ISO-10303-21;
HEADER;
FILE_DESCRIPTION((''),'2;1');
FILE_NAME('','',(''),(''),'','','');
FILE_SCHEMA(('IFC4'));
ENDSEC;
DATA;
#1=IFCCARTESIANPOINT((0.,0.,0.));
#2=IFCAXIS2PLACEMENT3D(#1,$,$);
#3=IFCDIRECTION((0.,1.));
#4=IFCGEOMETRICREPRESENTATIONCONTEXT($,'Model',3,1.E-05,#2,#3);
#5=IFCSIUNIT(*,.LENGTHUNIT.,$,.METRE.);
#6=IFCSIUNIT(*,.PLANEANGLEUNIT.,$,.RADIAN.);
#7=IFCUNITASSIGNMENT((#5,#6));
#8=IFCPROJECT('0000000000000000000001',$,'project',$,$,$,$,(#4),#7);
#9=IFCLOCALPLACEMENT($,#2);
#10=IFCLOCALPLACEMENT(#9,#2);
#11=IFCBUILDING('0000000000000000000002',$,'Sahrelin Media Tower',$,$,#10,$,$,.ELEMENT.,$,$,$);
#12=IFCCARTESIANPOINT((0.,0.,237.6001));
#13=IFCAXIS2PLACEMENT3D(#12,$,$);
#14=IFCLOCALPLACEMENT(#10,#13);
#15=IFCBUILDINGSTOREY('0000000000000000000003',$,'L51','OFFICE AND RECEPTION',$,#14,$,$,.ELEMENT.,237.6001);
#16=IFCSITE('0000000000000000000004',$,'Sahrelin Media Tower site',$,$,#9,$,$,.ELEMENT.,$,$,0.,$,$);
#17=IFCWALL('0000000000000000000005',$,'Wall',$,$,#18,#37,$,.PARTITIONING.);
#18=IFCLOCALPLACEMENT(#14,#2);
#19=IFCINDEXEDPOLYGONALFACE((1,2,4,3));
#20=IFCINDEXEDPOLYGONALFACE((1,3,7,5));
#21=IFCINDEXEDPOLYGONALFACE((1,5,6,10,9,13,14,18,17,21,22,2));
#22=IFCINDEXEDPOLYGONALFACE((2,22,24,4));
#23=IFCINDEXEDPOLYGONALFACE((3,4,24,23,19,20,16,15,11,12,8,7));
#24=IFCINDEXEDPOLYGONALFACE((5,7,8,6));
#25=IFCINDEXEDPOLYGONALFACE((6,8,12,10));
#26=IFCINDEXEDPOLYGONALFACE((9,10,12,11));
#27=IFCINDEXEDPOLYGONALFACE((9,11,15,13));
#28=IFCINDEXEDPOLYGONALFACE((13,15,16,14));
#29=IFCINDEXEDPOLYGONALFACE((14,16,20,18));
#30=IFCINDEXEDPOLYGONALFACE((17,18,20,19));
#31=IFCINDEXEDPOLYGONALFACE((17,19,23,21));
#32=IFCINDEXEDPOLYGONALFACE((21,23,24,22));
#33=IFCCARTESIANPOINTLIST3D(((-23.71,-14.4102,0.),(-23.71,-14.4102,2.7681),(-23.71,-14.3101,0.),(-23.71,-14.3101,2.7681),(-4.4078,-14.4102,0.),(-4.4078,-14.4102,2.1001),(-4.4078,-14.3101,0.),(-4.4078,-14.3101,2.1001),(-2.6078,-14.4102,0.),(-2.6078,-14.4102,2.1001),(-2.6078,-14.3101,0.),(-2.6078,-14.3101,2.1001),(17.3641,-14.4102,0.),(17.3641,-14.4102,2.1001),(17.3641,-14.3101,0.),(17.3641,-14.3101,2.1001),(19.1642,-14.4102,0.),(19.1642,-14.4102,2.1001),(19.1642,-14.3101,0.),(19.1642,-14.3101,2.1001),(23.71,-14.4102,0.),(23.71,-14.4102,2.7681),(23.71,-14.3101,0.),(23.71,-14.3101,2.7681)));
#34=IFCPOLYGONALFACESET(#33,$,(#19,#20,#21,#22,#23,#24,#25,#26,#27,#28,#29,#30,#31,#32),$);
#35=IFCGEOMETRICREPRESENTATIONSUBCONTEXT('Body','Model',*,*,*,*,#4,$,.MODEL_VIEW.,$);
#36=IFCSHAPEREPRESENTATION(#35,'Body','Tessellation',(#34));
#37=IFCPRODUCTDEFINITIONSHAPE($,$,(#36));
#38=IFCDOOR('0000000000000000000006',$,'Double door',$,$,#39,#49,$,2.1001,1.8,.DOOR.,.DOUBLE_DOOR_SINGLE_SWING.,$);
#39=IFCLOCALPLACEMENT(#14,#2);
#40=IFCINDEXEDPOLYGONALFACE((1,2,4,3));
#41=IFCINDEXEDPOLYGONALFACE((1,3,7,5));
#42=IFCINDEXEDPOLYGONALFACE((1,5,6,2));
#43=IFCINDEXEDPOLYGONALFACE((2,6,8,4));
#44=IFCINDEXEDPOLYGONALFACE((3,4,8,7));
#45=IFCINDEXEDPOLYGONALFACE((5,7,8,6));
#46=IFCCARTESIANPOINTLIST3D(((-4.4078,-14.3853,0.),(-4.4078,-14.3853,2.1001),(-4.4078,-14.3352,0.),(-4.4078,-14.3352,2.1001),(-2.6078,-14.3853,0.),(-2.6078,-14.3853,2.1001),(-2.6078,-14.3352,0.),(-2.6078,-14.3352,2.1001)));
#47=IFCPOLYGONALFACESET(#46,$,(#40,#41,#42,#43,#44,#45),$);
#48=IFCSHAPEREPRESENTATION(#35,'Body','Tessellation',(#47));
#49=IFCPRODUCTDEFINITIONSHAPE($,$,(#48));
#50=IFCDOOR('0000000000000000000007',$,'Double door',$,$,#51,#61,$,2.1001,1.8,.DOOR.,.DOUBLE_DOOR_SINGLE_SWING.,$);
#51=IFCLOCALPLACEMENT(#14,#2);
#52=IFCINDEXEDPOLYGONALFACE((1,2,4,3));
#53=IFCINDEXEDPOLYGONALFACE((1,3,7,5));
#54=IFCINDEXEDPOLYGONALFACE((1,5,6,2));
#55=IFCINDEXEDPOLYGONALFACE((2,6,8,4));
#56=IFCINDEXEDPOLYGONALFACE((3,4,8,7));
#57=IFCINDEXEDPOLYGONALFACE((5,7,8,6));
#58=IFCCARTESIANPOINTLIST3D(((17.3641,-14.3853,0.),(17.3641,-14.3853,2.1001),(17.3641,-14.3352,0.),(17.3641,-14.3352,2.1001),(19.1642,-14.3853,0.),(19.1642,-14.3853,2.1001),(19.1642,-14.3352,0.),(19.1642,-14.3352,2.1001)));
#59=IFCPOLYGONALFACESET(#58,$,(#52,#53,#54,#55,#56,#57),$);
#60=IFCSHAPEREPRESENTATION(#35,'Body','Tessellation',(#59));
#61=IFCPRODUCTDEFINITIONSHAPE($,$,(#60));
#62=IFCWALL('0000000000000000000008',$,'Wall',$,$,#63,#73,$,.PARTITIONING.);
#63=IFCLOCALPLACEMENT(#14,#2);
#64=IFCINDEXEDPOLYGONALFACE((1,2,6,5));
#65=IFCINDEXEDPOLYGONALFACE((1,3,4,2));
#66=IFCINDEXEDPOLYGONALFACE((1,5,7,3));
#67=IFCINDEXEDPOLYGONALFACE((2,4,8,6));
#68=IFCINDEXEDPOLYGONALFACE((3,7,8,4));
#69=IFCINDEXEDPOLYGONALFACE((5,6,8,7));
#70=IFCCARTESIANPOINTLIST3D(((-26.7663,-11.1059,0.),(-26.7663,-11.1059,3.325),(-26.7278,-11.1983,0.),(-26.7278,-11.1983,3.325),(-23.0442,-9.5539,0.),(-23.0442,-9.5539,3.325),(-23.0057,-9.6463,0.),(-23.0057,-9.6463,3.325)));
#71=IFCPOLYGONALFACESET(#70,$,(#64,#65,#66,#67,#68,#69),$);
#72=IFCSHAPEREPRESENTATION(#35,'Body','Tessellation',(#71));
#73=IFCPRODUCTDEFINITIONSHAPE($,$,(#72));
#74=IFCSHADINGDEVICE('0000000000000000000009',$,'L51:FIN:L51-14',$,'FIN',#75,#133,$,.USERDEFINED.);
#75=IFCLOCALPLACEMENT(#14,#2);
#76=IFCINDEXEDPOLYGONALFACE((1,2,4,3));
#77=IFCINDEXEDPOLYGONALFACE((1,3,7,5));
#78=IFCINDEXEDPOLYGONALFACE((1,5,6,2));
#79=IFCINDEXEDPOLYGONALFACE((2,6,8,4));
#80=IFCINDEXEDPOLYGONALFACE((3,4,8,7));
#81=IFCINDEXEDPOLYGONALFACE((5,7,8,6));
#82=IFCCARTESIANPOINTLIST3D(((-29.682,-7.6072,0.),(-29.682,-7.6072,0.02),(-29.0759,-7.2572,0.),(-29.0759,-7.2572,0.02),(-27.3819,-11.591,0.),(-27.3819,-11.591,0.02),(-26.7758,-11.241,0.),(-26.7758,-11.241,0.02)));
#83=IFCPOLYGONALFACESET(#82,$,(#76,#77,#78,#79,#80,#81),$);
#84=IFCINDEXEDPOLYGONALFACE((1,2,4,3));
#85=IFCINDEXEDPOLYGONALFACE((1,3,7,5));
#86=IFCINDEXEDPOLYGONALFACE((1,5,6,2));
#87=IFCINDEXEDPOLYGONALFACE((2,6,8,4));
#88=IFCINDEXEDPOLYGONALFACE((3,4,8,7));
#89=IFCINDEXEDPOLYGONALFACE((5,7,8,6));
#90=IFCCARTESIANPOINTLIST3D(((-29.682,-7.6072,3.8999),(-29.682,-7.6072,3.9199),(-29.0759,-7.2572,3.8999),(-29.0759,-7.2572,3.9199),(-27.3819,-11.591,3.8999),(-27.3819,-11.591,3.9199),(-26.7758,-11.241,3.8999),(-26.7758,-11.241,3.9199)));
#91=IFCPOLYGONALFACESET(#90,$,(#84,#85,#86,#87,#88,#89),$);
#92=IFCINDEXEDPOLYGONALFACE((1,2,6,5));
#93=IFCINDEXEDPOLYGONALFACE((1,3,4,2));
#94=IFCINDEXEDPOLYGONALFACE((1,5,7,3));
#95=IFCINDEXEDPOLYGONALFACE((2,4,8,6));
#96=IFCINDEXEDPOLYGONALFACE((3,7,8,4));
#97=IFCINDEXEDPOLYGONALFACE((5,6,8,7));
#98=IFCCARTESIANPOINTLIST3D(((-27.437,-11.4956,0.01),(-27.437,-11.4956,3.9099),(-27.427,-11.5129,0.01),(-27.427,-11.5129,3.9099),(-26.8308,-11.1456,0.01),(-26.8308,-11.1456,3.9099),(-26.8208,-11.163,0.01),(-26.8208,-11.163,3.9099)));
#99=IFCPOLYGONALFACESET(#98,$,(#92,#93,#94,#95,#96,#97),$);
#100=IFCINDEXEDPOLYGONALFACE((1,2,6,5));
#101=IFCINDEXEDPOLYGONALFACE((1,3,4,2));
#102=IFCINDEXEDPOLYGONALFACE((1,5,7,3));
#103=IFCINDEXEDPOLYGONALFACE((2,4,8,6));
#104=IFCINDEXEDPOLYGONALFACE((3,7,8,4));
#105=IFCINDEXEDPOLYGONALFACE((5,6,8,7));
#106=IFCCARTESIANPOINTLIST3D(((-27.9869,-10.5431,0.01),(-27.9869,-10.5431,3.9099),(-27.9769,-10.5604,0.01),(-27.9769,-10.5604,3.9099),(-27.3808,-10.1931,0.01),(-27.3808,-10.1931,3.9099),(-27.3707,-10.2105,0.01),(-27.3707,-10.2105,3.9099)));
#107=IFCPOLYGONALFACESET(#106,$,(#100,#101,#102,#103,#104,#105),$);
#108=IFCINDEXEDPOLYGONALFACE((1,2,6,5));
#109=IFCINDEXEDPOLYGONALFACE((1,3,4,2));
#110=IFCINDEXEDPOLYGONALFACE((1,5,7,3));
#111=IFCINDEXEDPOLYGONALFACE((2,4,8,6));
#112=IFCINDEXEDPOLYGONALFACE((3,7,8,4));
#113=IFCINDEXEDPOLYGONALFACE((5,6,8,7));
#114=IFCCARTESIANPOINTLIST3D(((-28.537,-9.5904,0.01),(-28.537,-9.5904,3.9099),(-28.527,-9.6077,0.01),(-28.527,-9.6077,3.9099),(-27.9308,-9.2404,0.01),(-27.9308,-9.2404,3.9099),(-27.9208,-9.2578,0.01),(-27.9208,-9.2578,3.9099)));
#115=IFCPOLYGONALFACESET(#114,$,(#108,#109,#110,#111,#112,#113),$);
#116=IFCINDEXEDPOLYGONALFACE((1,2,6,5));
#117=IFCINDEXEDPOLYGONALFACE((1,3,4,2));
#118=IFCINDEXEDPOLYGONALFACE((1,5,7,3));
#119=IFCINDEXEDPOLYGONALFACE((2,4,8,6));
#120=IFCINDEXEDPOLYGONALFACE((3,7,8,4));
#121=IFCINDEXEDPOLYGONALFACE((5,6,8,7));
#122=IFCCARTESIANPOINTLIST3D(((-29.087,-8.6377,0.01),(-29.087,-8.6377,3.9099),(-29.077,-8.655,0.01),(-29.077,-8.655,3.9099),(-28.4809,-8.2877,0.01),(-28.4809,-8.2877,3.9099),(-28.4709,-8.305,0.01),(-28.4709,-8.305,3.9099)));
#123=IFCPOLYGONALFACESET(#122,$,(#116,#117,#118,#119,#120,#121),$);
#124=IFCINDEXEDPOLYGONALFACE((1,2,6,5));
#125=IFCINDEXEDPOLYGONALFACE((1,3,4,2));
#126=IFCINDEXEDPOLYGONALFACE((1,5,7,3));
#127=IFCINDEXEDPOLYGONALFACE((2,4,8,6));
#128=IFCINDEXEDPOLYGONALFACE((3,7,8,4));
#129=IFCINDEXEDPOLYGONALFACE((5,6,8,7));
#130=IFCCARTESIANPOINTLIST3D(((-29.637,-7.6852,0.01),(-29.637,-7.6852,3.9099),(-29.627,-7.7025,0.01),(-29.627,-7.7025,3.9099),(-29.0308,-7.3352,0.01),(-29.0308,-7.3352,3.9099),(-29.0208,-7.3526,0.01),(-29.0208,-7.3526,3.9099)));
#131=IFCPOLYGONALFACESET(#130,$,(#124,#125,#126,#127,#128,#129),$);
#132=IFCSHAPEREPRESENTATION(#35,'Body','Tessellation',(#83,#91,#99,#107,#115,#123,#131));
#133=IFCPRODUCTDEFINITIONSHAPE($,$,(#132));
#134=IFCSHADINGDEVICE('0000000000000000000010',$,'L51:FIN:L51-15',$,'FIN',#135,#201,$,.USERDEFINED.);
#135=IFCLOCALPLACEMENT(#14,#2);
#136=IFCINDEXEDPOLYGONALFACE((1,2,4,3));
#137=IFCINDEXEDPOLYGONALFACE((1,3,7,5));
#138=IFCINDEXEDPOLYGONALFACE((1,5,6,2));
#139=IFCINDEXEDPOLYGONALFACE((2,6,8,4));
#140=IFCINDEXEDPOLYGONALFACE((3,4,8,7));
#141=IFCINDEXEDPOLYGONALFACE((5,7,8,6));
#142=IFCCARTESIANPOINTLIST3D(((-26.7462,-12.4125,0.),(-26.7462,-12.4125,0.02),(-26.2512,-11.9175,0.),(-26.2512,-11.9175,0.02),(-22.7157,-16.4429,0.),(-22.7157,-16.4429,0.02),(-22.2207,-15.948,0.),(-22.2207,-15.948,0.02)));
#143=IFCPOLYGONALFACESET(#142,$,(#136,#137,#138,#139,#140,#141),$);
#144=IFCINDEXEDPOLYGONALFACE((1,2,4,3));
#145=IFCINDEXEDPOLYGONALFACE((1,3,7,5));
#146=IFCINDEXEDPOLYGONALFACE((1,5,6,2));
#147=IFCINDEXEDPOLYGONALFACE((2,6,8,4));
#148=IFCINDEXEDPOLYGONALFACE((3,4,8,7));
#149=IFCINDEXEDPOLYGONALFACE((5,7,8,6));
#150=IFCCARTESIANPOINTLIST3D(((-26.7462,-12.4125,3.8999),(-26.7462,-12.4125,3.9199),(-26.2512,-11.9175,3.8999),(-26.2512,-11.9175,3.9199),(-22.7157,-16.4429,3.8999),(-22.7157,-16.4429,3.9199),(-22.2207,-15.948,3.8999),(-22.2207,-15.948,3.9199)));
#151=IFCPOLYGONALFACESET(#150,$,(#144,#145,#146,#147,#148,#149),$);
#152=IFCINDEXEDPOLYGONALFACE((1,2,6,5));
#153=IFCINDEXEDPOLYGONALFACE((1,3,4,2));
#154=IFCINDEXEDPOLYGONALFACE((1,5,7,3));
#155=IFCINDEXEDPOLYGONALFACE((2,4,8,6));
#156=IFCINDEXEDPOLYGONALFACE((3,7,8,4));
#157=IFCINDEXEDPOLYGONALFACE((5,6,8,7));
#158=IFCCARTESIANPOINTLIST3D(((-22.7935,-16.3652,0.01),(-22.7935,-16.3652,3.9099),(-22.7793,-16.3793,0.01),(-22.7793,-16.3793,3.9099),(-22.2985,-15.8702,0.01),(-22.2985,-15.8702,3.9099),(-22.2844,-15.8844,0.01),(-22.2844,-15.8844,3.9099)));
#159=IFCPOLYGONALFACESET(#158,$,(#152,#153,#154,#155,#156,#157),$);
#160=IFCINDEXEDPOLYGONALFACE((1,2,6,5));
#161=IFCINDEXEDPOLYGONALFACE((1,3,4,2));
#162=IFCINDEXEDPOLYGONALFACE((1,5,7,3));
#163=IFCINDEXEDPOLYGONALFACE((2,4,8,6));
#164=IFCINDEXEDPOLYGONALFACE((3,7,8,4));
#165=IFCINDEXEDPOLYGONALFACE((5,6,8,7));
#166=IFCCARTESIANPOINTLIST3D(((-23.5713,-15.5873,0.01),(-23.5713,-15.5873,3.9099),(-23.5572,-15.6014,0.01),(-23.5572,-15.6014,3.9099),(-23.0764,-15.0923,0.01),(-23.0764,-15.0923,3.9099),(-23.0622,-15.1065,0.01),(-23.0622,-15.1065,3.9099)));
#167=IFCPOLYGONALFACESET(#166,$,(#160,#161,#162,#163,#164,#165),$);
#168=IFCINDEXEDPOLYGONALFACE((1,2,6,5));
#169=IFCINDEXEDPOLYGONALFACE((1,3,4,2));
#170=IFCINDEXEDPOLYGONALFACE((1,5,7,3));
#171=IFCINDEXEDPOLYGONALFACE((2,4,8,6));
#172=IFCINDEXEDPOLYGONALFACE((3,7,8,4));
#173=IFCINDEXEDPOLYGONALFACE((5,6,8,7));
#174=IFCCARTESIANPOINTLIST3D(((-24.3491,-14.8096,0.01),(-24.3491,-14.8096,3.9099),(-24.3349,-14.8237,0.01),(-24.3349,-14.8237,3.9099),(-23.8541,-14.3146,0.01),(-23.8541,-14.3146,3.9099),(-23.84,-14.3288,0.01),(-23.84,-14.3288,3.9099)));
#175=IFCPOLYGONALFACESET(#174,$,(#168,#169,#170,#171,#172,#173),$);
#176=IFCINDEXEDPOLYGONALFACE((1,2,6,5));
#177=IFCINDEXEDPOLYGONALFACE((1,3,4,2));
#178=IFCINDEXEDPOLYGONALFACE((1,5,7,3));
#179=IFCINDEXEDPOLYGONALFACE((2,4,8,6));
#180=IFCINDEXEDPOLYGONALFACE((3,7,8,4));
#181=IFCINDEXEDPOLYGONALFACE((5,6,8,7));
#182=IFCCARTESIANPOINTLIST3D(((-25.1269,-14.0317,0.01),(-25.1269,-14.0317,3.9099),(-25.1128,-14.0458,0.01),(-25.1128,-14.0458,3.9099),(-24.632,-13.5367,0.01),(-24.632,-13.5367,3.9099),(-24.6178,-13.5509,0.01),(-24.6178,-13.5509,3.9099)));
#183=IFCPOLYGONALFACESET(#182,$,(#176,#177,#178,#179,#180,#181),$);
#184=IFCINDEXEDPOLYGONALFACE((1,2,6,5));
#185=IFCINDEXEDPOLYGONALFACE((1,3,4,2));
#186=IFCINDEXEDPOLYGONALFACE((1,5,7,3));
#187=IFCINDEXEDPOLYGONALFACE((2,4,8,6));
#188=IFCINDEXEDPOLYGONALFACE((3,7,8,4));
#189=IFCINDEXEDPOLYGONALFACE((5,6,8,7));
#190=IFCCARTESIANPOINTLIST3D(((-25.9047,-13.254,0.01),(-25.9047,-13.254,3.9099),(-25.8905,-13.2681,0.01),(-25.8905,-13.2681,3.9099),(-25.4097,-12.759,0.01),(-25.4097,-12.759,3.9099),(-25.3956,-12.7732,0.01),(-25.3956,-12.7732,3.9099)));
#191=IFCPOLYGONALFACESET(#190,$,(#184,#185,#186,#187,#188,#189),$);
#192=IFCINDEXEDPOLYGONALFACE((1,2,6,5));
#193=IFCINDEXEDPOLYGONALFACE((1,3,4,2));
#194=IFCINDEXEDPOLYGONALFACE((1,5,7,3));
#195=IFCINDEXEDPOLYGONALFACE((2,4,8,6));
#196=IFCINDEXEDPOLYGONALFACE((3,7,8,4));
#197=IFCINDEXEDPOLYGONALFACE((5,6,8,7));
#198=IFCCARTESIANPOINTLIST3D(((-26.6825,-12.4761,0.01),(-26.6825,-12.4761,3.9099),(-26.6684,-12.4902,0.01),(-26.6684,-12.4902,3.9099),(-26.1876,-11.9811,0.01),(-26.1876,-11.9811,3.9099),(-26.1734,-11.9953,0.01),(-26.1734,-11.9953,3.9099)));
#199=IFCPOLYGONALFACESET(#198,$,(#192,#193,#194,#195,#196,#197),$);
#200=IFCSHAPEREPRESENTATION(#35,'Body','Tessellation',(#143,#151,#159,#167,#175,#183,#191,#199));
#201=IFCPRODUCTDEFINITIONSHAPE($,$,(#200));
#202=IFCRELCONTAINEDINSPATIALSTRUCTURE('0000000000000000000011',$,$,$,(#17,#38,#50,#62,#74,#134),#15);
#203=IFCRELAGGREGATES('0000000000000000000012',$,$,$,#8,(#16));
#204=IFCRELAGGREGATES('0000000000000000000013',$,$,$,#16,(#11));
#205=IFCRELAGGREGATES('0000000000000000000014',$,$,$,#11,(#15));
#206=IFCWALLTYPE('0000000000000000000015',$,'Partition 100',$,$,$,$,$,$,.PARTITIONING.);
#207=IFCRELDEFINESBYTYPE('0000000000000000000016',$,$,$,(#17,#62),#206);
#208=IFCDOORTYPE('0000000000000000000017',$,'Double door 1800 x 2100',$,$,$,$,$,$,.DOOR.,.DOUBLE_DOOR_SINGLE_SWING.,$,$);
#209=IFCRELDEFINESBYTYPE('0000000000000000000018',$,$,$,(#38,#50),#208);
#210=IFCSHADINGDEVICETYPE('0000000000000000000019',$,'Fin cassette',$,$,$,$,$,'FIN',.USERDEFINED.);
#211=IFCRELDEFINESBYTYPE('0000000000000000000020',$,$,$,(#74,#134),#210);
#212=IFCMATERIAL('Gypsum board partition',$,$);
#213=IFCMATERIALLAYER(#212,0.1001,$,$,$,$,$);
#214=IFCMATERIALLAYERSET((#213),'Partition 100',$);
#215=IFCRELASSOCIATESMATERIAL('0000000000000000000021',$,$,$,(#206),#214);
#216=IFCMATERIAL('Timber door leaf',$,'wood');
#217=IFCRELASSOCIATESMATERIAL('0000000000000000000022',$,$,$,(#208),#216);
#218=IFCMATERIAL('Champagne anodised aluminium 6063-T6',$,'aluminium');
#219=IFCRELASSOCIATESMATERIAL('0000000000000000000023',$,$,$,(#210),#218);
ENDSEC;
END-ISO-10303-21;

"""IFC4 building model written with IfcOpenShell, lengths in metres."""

from ifc_helpers import new_model, si_unit, direction, frame, frame_2d, origin, origin_2d, place, context, subcontext, project, spatial, rectangle, extrude, material, layer, layer_set, type_object, element, fill, save


model = new_model("IFC4")

# Units and contexts
model_context = context("Model", 3, precision=1e-05, world=origin(), true_north=direction((0.0, 1.0)))
body_context = subcontext(model_context, "Body", "Model", "MODEL_VIEW")
ifc_project = project(units=[si_unit("LENGTHUNIT", "METRE"), si_unit("PLANEANGLEUNIT", "RADIAN")], contexts=[model_context])

# Site, building, storey
site_placement = place(None, origin())
site = spatial("IfcSite", under=ifc_project, at=site_placement, Name="Sahrelin Media Tower site", CompositionType="ELEMENT", RefElevation=0.0)
building_placement = place(site_placement, origin())
building = spatial("IfcBuilding", under=site, at=building_placement, Name="Sahrelin Media Tower", CompositionType="ELEMENT")
storey_placement = place(building_placement, frame((0.0, 0.0, 237.6001)))
storey = spatial("IfcBuildingStorey", under=building, at=storey_placement, Name="L51", Description="OFFICE AND RECEPTION", CompositionType="ELEMENT", Elevation=237.6001)

# Shared definitions
ifc_material_1 = material(Name="Champagne anodised aluminium 6063-T6", Category="aluminium")

# Wall, openings, doors
ifc_material_2 = material(Name="Gypsum board partition")
ifc_layer_1 = layer(ifc_material_2, 0.1001)
ifc_layer_set_1 = layer_set([ifc_layer_1], Name="Partition 100")
wall_type_1 = type_object("IfcWallType", Name="Partition 100", PredefinedType="PARTITIONING", material=ifc_layer_set_1)
wall_1_placement = place(storey_placement, frame((-23.71, -14.3601, 0.0), z_axis=(0.0, 0.0, 1.0), x_axis=(1.0, 0.0, 0.0)))
wall_1 = element("IfcWall", 1, at=wall_1_placement, inside=storey, type_object=wall_type_1, Name="Wall", PredefinedType="PARTITIONING", context=body_context, shape_type="SweptSolid", body=[
    extrude(rectangle(XDim=47.4199, YDim=0.1001, at=frame_2d((23.71, 0.0))), origin(), (0.0, 0.0, 1.0), 2.7681),
])
opening_1_placement = place(wall_1_placement, frame((19.3022, 0.0, 0.0)))
opening_1 = element("IfcOpeningElement", 2, at=opening_1_placement, cuts=wall_1, PredefinedType="OPENING", context=body_context, shape_type="SweptSolid", body=[
    extrude(rectangle(XDim=1.8, YDim=2.1001, at=frame_2d((0.8999, 1.05))), frame((0.0, 0.05, 0.0), z_axis=(0.0, -1.0, 0.0), x_axis=(1.0, 0.0, 0.0)), (0.0, 0.0, 1.0), 0.1001),
])
opening_2_placement = place(wall_1_placement, frame((41.0742, 0.0, 0.0)))
opening_2 = element("IfcOpeningElement", 3, at=opening_2_placement, cuts=wall_1, PredefinedType="OPENING", context=body_context, shape_type="SweptSolid", body=[
    extrude(rectangle(XDim=1.8, YDim=2.1001, at=frame_2d((0.8999, 1.05))), frame((0.0, 0.05, 0.0), z_axis=(0.0, -1.0, 0.0), x_axis=(1.0, 0.0, 0.0)), (0.0, 0.0, 1.0), 0.1001),
])
ifc_material_3 = material(Name="Timber door leaf", Category="wood")
door_type_1 = type_object("IfcDoorType", Name="Double door 1800 x 2100", OperationType="DOUBLE_DOOR_SINGLE_SWING", PredefinedType="DOOR", material=ifc_material_3)
door_1_placement = place(opening_1_placement, origin())
door_1 = element("IfcDoor", 4, at=door_1_placement, inside=storey, type_object=door_type_1, Name="Double door", OperationType="DOUBLE_DOOR_SINGLE_SWING", OverallHeight=2.1001, OverallWidth=1.8, PredefinedType="DOOR", context=body_context, shape_type="SweptSolid", body=[
    extrude(rectangle(XDim=1.8, YDim=2.1001, at=frame_2d((0.8999, 1.05))), frame((0.0, 0.0249, 0.0), z_axis=(0.0, -1.0, 0.0), x_axis=(1.0, 0.0, 0.0)), (0.0, 0.0, 1.0), 0.05),
])
fill(opening_1, door_1)
door_2_placement = place(opening_2_placement, origin())
door_2 = element("IfcDoor", 5, at=door_2_placement, inside=storey, type_object=door_type_1, Name="Double door", OperationType="DOUBLE_DOOR_SINGLE_SWING", OverallHeight=2.1001, OverallWidth=1.8, PredefinedType="DOOR", context=body_context, shape_type="SweptSolid", body=[
    extrude(rectangle(XDim=1.8, YDim=2.1001, at=frame_2d((0.8999, 1.05))), frame((0.0, 0.0249, 0.0), z_axis=(0.0, -1.0, 0.0), x_axis=(1.0, 0.0, 0.0)), (0.0, 0.0, 1.0), 0.05),
])
fill(opening_2, door_2)

# Wall
wall_2_placement = place(storey_placement, frame((-26.7471, -11.1521, 0.0), z_axis=(0.0, 0.0, 1.0), x_axis=(0.92298, 0.384847, 0.0)))
element("IfcWall", 6, at=wall_2_placement, inside=storey, type_object=wall_type_1, Name="Wall", PredefinedType="PARTITIONING", context=body_context, shape_type="SweptSolid", body=[
    extrude(rectangle(XDim=4.0327, YDim=0.1001, at=frame_2d((2.0164, 0.0))), origin(), (0.0, 0.0, 1.0), 3.325),
])

# Shading devices
shading_device_type_1 = type_object("IfcShadingDeviceType", Name="Fin cassette", ElementType="FIN", PredefinedType="USERDEFINED", material=ifc_material_1)
placement_1 = place(storey_placement, frame((-27.8652, -9.2141, 0.0), z_axis=(0.0, 0.0, 1.0), x_axis=(-0.500011, 0.866019, 0.0)))
element("IfcShadingDevice", 7, at=placement_1, inside=storey, type_object=shading_device_type_1, Name="L51:FIN:L51-14", ObjectType="FIN", PredefinedType="USERDEFINED", context=body_context, shape_type="SweptSolid", body=[
    extrude(rectangle(XDim=4.6001, YDim=0.7, at=origin_2d()), frame((0.0, 0.4199, 0.0)), (0.0, 0.0, 1.0), 0.02),
    extrude(rectangle(XDim=4.6001, YDim=0.7, at=origin_2d()), frame((0.0, 0.4199, 3.8999)), (0.0, 0.0, 1.0), 0.02),
    extrude(rectangle(XDim=0.02, YDim=0.7, at=origin_2d()), frame((-2.2, 0.4199, 0.01), z_axis=(0.0, 0.0, 1.0), x_axis=(1.0, 0.0, 0.0)), (0.0, 0.0, 1.0), 3.8999),
    extrude(rectangle(XDim=0.02, YDim=0.7, at=origin_2d()), frame((-1.1001, 0.4199, 0.01), z_axis=(0.0, 0.0, 1.0), x_axis=(1.0, 0.0, 0.0)), (0.0, 0.0, 1.0), 3.8999),
    extrude(rectangle(XDim=0.02, YDim=0.7, at=origin_2d()), frame((0.0, 0.4199, 0.01), z_axis=(0.0, 0.0, 1.0), x_axis=(1.0, 0.0, 0.0)), (0.0, 0.0, 1.0), 3.8999),
    extrude(rectangle(XDim=0.02, YDim=0.7, at=origin_2d()), frame((1.1001, 0.4199, 0.01), z_axis=(0.0, 0.0, 1.0), x_axis=(1.0, 0.0, 0.0)), (0.0, 0.0, 1.0), 3.8999),
    extrude(rectangle(XDim=0.02, YDim=0.7, at=origin_2d()), frame((2.2, 0.4199, 0.01), z_axis=(0.0, 0.0, 1.0), x_axis=(1.0, 0.0, 0.0)), (0.0, 0.0, 1.0), 3.8999),
])
placement_2 = place(storey_placement, frame((-24.1865, -13.8833, 0.0), z_axis=(0.0, 0.0, 1.0), x_axis=(-0.707107, 0.707107, 0.0)))
element("IfcShadingDevice", 8, at=placement_2, inside=storey, type_object=shading_device_type_1, Name="L51:FIN:L51-15", ObjectType="FIN", PredefinedType="USERDEFINED", context=body_context, shape_type="SweptSolid", body=[
    extrude(rectangle(XDim=5.7, YDim=0.7, at=origin_2d()), frame((0.0, 0.4199, 0.0)), (0.0, 0.0, 1.0), 0.02),
    extrude(rectangle(XDim=5.7, YDim=0.7, at=origin_2d()), frame((0.0, 0.4199, 3.8999)), (0.0, 0.0, 1.0), 0.02),
    extrude(rectangle(XDim=0.02, YDim=0.7, at=origin_2d()), frame((-2.75, 0.4199, 0.01), z_axis=(0.0, 0.0, 1.0), x_axis=(1.0, 0.0, 0.0)), (0.0, 0.0, 1.0), 3.8999),
    extrude(rectangle(XDim=0.02, YDim=0.7, at=origin_2d()), frame((-1.6499, 0.4199, 0.01), z_axis=(0.0, 0.0, 1.0), x_axis=(1.0, 0.0, 0.0)), (0.0, 0.0, 1.0), 3.8999),
    extrude(rectangle(XDim=0.02, YDim=0.7, at=origin_2d()), frame((-0.55, 0.4199, 0.01), z_axis=(0.0, 0.0, 1.0), x_axis=(1.0, 0.0, 0.0)), (0.0, 0.0, 1.0), 3.8999),
    extrude(rectangle(XDim=0.02, YDim=0.7, at=origin_2d()), frame((0.55, 0.4199, 0.01), z_axis=(0.0, 0.0, 1.0), x_axis=(1.0, 0.0, 0.0)), (0.0, 0.0, 1.0), 3.8999),
    extrude(rectangle(XDim=0.02, YDim=0.7, at=origin_2d()), frame((1.6499, 0.4199, 0.01), z_axis=(0.0, 0.0, 1.0), x_axis=(1.0, 0.0, 0.0)), (0.0, 0.0, 1.0), 3.8999),
    extrude(rectangle(XDim=0.02, YDim=0.7, at=origin_2d()), frame((2.75, 0.4199, 0.01), z_axis=(0.0, 0.0, 1.0), x_axis=(1.0, 0.0, 0.0)), (0.0, 0.0, 1.0), 3.8999),
])

save(model, "model.ifc")
